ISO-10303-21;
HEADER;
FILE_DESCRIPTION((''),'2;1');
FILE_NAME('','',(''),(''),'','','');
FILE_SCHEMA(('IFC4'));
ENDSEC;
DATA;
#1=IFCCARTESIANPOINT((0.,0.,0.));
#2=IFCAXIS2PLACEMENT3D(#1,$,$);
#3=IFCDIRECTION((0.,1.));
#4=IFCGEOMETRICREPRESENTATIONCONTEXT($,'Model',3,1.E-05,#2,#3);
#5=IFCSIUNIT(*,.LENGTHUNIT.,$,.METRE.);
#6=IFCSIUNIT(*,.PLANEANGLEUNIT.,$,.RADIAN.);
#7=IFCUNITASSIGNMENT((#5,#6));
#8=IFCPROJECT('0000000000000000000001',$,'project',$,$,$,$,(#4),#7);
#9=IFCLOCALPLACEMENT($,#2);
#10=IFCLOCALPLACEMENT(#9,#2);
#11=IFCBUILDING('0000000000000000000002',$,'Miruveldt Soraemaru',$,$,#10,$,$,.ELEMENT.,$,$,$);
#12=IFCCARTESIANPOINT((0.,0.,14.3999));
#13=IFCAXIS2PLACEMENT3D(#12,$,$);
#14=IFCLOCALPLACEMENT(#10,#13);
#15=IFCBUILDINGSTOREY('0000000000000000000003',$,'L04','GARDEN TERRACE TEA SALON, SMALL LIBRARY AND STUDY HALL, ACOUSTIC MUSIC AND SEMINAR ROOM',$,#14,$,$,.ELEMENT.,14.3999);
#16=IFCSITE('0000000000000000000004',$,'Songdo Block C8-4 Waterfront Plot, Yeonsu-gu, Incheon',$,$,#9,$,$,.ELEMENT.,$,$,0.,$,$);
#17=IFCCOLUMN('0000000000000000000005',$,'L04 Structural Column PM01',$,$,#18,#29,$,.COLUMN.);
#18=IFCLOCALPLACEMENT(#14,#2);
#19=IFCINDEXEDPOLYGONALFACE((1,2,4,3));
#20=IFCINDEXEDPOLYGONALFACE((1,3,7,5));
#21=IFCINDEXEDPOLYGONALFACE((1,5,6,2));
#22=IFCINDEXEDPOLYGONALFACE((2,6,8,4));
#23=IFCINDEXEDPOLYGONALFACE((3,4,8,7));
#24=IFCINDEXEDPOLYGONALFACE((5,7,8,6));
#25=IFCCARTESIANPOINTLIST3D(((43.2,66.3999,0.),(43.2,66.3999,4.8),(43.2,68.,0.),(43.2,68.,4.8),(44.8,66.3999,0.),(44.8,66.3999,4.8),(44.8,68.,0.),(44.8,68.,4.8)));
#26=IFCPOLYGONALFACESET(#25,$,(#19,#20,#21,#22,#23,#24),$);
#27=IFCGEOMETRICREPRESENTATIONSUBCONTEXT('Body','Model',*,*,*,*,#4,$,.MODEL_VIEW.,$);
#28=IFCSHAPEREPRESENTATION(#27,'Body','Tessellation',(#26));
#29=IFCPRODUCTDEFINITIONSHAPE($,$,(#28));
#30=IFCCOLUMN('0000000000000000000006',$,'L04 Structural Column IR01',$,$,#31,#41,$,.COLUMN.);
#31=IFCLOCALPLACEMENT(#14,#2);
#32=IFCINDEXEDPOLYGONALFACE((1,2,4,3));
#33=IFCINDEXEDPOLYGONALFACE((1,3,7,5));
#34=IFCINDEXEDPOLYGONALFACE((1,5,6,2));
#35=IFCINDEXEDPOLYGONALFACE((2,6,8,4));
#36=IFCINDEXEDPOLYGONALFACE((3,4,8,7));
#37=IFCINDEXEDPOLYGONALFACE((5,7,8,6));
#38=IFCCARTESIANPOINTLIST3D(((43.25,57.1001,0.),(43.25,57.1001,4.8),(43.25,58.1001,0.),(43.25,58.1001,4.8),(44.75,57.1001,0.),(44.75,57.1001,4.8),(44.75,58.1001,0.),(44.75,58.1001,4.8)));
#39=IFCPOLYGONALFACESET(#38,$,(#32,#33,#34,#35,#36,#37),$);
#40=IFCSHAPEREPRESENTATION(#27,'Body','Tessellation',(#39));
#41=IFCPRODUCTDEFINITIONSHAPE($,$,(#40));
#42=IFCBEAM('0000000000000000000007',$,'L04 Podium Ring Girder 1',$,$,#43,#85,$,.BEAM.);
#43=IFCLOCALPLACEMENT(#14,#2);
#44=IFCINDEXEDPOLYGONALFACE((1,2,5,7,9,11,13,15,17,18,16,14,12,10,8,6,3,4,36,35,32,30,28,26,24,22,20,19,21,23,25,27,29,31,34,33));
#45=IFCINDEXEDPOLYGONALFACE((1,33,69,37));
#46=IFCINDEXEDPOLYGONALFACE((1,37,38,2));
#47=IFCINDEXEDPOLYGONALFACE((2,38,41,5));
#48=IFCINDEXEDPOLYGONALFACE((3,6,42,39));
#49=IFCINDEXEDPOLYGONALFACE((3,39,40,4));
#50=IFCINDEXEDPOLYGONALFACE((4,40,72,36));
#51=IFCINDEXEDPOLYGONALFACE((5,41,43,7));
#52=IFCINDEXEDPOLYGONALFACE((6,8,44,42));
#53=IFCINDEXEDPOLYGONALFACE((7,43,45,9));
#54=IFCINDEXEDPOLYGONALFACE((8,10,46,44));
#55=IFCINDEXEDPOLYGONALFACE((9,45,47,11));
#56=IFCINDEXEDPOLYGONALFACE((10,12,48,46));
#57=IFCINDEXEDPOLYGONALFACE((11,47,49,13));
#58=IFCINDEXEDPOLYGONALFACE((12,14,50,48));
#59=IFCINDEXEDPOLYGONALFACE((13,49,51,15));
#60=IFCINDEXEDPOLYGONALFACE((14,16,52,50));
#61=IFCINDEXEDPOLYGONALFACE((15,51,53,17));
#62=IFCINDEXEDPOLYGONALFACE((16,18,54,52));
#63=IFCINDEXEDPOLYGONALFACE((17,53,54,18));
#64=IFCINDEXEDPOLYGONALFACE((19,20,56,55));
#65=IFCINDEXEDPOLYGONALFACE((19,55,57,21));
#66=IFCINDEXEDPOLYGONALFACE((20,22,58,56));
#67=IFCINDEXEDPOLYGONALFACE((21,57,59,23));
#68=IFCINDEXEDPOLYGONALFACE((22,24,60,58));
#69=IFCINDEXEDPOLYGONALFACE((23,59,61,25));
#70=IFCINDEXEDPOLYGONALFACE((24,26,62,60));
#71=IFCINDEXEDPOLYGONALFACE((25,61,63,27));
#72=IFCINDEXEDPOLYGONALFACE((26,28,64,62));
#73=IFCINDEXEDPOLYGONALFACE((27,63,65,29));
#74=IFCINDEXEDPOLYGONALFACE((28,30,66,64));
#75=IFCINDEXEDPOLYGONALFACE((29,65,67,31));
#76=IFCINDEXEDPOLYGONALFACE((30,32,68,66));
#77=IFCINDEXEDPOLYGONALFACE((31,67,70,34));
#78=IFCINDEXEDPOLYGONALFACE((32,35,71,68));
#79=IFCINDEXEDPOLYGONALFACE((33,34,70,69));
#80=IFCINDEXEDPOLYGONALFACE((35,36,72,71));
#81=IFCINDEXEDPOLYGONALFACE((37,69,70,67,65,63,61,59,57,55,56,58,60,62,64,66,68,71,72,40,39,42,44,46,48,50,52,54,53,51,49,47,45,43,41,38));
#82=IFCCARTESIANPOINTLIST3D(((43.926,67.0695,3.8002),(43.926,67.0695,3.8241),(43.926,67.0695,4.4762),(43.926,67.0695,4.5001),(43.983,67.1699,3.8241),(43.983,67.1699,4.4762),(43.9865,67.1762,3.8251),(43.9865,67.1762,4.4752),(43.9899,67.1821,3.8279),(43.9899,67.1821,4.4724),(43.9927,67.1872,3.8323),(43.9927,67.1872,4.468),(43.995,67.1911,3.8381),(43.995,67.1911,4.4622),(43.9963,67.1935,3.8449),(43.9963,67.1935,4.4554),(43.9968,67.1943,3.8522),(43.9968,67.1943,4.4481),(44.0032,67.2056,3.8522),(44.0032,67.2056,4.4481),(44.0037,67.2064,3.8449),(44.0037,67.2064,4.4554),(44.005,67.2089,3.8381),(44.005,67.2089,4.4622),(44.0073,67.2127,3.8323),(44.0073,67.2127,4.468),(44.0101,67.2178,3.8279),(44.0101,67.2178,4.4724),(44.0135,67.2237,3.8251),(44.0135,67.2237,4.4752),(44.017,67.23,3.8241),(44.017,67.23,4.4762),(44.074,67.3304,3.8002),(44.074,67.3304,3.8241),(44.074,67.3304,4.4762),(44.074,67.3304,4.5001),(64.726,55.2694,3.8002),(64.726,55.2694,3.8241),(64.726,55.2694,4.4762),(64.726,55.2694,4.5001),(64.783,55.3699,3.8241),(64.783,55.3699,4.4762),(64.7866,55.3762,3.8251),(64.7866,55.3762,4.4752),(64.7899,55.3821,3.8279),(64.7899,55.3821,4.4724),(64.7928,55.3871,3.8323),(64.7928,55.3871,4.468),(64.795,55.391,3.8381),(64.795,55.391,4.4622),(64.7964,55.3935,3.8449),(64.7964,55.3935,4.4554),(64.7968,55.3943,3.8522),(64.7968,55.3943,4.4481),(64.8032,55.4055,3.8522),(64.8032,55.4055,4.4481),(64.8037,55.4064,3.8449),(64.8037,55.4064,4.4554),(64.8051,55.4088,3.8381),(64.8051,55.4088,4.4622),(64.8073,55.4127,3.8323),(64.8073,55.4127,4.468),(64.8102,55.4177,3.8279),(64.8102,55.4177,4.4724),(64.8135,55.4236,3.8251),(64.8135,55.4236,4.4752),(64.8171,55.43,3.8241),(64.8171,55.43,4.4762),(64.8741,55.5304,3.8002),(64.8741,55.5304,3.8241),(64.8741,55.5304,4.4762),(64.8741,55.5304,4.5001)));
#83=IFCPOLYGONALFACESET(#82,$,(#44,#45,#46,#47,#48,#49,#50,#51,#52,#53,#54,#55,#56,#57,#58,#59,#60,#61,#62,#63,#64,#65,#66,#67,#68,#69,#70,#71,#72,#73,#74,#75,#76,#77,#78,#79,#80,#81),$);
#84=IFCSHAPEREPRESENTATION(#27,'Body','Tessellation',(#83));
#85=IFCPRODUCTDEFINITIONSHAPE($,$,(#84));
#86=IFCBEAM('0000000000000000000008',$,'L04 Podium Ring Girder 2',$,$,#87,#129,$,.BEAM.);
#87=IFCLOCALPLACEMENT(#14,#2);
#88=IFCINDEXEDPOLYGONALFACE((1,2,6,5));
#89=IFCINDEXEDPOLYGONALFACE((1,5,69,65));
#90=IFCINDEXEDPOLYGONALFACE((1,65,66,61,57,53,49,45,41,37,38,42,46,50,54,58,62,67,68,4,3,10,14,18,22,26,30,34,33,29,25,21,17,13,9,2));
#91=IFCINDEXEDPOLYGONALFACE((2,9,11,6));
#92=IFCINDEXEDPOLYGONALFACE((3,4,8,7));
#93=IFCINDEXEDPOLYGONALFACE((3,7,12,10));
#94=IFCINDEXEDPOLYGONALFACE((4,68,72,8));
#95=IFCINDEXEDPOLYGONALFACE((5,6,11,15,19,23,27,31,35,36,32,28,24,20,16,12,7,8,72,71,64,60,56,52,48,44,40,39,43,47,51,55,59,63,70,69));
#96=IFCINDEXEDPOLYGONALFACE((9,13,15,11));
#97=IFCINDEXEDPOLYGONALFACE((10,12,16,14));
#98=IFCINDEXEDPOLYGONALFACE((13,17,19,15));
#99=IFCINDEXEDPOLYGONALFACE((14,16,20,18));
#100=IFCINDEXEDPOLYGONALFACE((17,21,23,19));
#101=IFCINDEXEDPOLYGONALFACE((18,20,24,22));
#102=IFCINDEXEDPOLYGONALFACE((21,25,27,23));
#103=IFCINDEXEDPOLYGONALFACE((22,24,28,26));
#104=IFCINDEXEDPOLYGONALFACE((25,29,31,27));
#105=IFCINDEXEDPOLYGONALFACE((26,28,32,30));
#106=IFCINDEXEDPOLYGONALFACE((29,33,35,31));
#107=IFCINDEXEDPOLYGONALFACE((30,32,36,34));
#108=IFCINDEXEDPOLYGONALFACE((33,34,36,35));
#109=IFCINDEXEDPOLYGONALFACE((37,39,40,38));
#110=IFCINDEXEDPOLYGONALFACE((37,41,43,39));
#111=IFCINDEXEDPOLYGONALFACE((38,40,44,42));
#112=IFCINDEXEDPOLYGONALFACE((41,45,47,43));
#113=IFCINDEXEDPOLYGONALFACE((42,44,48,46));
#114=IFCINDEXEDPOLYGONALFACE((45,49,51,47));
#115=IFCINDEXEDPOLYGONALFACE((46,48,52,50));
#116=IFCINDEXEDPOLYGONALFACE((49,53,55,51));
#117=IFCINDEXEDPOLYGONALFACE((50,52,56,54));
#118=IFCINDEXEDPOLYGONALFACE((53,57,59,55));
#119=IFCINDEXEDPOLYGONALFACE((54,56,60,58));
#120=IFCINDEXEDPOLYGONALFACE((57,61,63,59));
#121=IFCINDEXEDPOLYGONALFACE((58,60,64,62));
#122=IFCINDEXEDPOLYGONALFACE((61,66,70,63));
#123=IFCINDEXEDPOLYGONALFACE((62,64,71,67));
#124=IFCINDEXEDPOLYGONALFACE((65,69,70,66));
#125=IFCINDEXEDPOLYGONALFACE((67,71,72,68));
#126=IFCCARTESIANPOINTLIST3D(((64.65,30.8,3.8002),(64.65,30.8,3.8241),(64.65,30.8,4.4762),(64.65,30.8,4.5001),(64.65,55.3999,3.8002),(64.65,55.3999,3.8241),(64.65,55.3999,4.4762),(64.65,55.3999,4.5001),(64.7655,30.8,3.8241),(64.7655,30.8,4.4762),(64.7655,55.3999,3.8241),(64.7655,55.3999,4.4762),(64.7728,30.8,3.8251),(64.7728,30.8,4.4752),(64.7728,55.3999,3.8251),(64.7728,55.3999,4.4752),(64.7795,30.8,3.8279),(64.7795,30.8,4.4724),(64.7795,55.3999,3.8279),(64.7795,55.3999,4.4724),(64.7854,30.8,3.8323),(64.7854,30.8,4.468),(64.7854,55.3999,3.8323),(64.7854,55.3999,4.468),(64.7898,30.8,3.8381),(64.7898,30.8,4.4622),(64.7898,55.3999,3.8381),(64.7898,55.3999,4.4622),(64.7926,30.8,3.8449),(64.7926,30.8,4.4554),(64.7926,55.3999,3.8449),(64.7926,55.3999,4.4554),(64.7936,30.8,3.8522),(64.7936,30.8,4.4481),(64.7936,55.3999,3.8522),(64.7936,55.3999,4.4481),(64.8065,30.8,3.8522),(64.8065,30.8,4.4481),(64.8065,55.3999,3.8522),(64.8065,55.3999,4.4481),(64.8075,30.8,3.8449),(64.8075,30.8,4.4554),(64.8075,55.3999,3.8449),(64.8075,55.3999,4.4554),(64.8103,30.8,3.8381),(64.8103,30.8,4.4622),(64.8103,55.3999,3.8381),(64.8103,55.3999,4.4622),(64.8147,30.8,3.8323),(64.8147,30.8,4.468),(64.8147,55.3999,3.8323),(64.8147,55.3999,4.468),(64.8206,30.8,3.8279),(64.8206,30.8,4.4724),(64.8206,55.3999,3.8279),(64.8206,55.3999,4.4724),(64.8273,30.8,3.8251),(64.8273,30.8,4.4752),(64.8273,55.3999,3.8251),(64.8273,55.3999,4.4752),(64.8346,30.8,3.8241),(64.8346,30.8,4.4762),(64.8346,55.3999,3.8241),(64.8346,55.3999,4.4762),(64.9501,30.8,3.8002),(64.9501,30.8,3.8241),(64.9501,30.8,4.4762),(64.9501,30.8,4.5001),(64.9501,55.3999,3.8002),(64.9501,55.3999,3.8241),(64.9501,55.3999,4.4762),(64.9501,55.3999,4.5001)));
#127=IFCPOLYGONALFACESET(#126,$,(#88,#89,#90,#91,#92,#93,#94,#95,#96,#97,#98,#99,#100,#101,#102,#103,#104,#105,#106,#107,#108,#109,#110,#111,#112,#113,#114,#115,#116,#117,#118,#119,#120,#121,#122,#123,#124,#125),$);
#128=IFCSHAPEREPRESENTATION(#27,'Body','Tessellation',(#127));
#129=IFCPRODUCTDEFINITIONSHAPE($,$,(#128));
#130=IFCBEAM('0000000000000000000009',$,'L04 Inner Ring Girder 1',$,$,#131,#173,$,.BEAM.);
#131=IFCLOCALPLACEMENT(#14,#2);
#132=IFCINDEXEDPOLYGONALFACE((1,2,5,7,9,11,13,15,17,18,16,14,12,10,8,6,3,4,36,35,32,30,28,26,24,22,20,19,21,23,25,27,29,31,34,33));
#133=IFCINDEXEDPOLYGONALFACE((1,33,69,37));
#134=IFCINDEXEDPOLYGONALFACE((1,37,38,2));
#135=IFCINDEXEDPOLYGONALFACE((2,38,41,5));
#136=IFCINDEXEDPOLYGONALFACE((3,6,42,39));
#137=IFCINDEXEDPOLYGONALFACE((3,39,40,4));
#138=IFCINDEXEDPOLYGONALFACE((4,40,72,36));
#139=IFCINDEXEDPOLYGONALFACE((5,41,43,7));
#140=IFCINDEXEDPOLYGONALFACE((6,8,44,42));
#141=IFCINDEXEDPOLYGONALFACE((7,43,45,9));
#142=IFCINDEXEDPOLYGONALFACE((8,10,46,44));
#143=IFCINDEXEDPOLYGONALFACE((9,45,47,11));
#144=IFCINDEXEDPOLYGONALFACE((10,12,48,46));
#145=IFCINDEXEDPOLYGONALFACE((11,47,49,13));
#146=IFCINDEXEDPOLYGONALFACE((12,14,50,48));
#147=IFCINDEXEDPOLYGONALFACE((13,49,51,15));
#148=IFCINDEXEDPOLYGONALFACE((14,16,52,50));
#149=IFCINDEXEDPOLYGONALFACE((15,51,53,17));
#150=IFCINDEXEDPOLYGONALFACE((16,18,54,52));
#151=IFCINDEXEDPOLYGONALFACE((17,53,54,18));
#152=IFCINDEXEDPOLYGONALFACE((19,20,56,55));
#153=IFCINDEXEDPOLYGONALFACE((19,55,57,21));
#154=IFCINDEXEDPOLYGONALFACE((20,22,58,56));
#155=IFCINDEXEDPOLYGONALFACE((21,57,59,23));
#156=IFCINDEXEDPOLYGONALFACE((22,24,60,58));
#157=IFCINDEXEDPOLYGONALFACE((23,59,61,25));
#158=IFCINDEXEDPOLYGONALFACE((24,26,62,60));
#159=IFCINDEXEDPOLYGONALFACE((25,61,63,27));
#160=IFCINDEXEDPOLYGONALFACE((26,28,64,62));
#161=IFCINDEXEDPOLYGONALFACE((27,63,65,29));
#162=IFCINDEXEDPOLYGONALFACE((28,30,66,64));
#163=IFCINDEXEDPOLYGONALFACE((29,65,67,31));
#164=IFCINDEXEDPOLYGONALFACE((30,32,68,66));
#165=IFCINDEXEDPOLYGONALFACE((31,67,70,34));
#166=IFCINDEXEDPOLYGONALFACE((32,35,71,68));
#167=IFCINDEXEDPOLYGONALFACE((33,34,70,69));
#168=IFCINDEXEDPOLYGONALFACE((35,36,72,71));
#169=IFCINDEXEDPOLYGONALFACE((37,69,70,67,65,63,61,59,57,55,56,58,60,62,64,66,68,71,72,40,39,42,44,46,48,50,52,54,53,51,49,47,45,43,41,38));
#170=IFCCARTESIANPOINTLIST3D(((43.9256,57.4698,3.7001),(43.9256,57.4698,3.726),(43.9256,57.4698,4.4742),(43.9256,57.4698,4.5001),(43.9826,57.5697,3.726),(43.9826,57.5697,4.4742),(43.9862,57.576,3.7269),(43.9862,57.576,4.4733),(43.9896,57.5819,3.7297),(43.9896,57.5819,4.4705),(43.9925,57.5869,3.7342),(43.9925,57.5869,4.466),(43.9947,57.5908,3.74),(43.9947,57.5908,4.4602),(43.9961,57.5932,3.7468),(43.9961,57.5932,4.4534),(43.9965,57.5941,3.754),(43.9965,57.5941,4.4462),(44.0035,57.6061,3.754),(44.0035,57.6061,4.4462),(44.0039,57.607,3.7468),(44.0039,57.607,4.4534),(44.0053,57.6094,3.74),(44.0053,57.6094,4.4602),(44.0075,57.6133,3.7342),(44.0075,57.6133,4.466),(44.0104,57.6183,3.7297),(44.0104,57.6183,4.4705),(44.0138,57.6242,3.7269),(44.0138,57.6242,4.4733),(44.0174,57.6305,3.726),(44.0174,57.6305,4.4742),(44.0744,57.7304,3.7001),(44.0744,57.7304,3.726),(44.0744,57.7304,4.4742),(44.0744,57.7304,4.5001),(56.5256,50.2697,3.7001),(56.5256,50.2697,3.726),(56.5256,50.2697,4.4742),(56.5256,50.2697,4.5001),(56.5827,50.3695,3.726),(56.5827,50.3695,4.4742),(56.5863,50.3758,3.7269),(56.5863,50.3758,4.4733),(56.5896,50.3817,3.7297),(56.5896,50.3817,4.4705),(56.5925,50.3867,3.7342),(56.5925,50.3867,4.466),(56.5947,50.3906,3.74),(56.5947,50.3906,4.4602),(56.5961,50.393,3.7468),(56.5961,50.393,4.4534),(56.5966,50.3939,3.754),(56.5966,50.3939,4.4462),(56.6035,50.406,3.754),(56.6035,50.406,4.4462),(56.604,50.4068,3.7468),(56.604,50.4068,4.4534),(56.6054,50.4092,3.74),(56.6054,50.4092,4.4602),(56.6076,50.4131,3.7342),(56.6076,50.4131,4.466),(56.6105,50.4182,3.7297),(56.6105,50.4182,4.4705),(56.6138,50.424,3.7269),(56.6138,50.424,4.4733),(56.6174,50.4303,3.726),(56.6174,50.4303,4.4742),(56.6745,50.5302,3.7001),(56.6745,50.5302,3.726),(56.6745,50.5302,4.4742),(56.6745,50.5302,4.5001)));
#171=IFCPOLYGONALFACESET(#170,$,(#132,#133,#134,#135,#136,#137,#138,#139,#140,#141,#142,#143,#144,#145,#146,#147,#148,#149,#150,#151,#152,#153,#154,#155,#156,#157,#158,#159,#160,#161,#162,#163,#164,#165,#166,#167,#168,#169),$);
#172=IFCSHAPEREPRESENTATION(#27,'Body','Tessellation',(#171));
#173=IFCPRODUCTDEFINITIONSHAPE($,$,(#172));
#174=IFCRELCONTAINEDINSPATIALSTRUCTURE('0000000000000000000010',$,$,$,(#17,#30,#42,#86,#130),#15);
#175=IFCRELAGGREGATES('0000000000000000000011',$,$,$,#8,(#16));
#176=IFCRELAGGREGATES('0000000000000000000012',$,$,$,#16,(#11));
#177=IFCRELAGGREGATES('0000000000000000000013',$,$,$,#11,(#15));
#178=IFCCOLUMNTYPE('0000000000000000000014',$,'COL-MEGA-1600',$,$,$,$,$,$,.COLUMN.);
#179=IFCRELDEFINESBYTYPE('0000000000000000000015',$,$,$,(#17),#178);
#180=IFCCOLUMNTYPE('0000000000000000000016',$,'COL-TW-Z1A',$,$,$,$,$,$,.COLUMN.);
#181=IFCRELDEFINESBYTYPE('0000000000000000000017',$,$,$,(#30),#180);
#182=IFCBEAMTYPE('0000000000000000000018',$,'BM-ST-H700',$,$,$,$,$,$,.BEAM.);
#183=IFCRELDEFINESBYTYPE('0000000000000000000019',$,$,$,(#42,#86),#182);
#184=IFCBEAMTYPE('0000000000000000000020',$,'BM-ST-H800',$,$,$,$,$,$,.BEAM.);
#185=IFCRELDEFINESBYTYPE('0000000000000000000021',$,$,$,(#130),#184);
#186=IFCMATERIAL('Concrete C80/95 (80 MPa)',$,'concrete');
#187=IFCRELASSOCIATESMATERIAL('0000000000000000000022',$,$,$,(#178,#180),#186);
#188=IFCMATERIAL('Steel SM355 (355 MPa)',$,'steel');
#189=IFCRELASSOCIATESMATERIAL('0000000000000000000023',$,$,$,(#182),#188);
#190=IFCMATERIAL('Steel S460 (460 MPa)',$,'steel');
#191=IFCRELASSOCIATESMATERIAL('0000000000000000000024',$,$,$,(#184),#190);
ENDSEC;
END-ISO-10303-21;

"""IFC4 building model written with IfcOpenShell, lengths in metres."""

from ifc_helpers import new_model, si_unit, direction, frame, origin, origin_2d, place, context, subcontext, project, spatial, rectangle, i_section, extrude, material, material_profile, profile_set, type_object, element, save


model = new_model("IFC4")

# Units and contexts
model_context = context("Model", 3, precision=1e-05, world=origin(), true_north=direction((0.0, 1.0)))
body_context = subcontext(model_context, "Body", "Model", "MODEL_VIEW")
ifc_project = project(units=[si_unit("LENGTHUNIT", "METRE"), si_unit("PLANEANGLEUNIT", "RADIAN")], contexts=[model_context])

# Site, building, storey
site_placement = place(None, origin())
site = spatial("IfcSite", under=ifc_project, at=site_placement, Name="Songdo Block C8-4 Waterfront Plot, Yeonsu-gu, Incheon", CompositionType="ELEMENT", RefElevation=0.0)
building_placement = place(site_placement, origin())
building = spatial("IfcBuilding", under=site, at=building_placement, Name="Miruveldt Soraemaru", CompositionType="ELEMENT")
storey_placement = place(building_placement, frame((0.0, 0.0, 14.3999)))
storey = spatial("IfcBuildingStorey", under=building, at=storey_placement, Name="L04", Description="GARDEN TERRACE TEA SALON, SMALL LIBRARY AND STUDY HALL, ACOUSTIC MUSIC AND SEMINAR ROOM", CompositionType="ELEMENT", Elevation=14.3999)

# Columns
ifc_material_1 = material(Name="Concrete C80/95 (80 MPa)", Category="concrete")
ifc_material_profile_1 = material_profile(ifc_material_1, rectangle(XDim=1.6001, YDim=1.6001, at=origin_2d()), Name="Concrete C80/95 (80 MPa)", Category="concrete")
ifc_profile_set_1 = profile_set([ifc_material_profile_1], Name="Concrete C80/95 (80 MPa)")
column_type_1 = type_object("IfcColumnType", Name="COL-MEGA-1600", PredefinedType="COLUMN", material=ifc_profile_set_1)
column_1_placement = place(storey_placement, frame((44.0, 67.2, 0.0), z_axis=(0.0, 0.0, 1.0), x_axis=(1.0, 0.0, 0.0)))
element("IfcColumn", 1, at=column_1_placement, inside=storey, type_object=column_type_1, Name="L04 Structural Column PM01", PredefinedType="COLUMN", context=body_context, shape_type="SweptSolid", body=[
    extrude(rectangle(XDim=1.6001, YDim=1.6001, at=origin_2d()), origin(), (0.0, 0.0, 1.0), 4.8),
])
ifc_material_profile_2 = material_profile(ifc_material_1, rectangle(XDim=1.5, YDim=1.0, at=origin_2d()), Name="Concrete C80/95 (80 MPa)", Category="concrete")
ifc_profile_set_2 = profile_set([ifc_material_profile_2], Name="Concrete C80/95 (80 MPa)")
column_type_2 = type_object("IfcColumnType", Name="COL-TW-Z1A", PredefinedType="COLUMN", material=ifc_profile_set_2)
column_2_placement = place(storey_placement, frame((44.0, 57.6001, 0.0), z_axis=(0.0, 0.0, 1.0), x_axis=(1.0, 0.0, 0.0)))
element("IfcColumn", 2, at=column_2_placement, inside=storey, type_object=column_type_2, Name="L04 Structural Column IR01", PredefinedType="COLUMN", context=body_context, shape_type="SweptSolid", body=[
    extrude(rectangle(XDim=1.5, YDim=1.0, at=origin_2d()), origin(), (0.0, 0.0, 1.0), 4.8),
])

# Beams
ifc_material_2 = material(Name="Steel SM355 (355 MPa)", Category="steel")
ifc_material_profile_3 = material_profile(ifc_material_2, i_section(OverallWidth=0.3, OverallDepth=0.7, WebThickness=0.0129, FlangeThickness=0.0239, FilletRadius=0.0281, at=origin_2d()), Name="Steel SM355 (355 MPa)", Category="steel")
ifc_profile_set_3 = profile_set([ifc_material_profile_3], Name="Steel SM355 (355 MPa)")
beam_type_1 = type_object("IfcBeamType", Name="BM-ST-H700", PredefinedType="BEAM", material=ifc_profile_set_3)
beam_1_placement = place(storey_placement, frame((44.0, 67.2, 4.1501), z_axis=(0.869783, -0.493435, 0.0), x_axis=(0.493435, 0.869783, 0.0)))
element("IfcBeam", 3, at=beam_1_placement, inside=storey, type_object=beam_type_1, Name="L04 Podium Ring Girder 1", PredefinedType="BEAM", context=body_context, shape_type="SweptSolid", body=[
    extrude(i_section(OverallWidth=0.3, OverallDepth=0.7, WebThickness=0.0129, FlangeThickness=0.0239, FilletRadius=0.0281, at=origin_2d()), origin(), (0.0, 0.0, 1.0), 23.9141),
])
beam_2_placement = place(storey_placement, frame((64.8, 55.3999, 4.1501), z_axis=(0.0, -1.0, 0.0), x_axis=(1.0, 0.0, 0.0)))
element("IfcBeam", 4, at=beam_2_placement, inside=storey, type_object=beam_type_1, Name="L04 Podium Ring Girder 2", PredefinedType="BEAM", context=body_context, shape_type="SweptSolid", body=[
    extrude(i_section(OverallWidth=0.3, OverallDepth=0.7, WebThickness=0.0129, FlangeThickness=0.0239, FilletRadius=0.0281, at=origin_2d()), origin(), (0.0, 0.0, 1.0), 24.5999),
])
ifc_material_3 = material(Name="Steel S460 (460 MPa)", Category="steel")
ifc_material_profile_4 = material_profile(ifc_material_3, i_section(OverallWidth=0.3, OverallDepth=0.8, WebThickness=0.0139, FlangeThickness=0.0259, FilletRadius=0.0281, at=origin_2d()), Name="Steel S460 (460 MPa)", Category="steel")
ifc_profile_set_4 = profile_set([ifc_material_profile_4], Name="Steel S460 (460 MPa)")
beam_type_2 = type_object("IfcBeamType", Name="BM-ST-H800", PredefinedType="BEAM", material=ifc_profile_set_4)
beam_3_placement = place(storey_placement, frame((44.0, 57.6001, 4.1001), z_axis=(0.868239, -0.496146, 0.0), x_axis=(0.496146, 0.868239, 0.0)))
element("IfcBeam", 5, at=beam_3_placement, inside=storey, type_object=beam_type_2, Name="L04 Inner Ring Girder 1", PredefinedType="BEAM", context=body_context, shape_type="SweptSolid", body=[
    extrude(i_section(OverallWidth=0.3, OverallDepth=0.8, WebThickness=0.0139, FlangeThickness=0.0259, FilletRadius=0.0281, at=origin_2d()), origin(), (0.0, 0.0, 1.0), 14.5122),
])

save(model, "model.ifc")
